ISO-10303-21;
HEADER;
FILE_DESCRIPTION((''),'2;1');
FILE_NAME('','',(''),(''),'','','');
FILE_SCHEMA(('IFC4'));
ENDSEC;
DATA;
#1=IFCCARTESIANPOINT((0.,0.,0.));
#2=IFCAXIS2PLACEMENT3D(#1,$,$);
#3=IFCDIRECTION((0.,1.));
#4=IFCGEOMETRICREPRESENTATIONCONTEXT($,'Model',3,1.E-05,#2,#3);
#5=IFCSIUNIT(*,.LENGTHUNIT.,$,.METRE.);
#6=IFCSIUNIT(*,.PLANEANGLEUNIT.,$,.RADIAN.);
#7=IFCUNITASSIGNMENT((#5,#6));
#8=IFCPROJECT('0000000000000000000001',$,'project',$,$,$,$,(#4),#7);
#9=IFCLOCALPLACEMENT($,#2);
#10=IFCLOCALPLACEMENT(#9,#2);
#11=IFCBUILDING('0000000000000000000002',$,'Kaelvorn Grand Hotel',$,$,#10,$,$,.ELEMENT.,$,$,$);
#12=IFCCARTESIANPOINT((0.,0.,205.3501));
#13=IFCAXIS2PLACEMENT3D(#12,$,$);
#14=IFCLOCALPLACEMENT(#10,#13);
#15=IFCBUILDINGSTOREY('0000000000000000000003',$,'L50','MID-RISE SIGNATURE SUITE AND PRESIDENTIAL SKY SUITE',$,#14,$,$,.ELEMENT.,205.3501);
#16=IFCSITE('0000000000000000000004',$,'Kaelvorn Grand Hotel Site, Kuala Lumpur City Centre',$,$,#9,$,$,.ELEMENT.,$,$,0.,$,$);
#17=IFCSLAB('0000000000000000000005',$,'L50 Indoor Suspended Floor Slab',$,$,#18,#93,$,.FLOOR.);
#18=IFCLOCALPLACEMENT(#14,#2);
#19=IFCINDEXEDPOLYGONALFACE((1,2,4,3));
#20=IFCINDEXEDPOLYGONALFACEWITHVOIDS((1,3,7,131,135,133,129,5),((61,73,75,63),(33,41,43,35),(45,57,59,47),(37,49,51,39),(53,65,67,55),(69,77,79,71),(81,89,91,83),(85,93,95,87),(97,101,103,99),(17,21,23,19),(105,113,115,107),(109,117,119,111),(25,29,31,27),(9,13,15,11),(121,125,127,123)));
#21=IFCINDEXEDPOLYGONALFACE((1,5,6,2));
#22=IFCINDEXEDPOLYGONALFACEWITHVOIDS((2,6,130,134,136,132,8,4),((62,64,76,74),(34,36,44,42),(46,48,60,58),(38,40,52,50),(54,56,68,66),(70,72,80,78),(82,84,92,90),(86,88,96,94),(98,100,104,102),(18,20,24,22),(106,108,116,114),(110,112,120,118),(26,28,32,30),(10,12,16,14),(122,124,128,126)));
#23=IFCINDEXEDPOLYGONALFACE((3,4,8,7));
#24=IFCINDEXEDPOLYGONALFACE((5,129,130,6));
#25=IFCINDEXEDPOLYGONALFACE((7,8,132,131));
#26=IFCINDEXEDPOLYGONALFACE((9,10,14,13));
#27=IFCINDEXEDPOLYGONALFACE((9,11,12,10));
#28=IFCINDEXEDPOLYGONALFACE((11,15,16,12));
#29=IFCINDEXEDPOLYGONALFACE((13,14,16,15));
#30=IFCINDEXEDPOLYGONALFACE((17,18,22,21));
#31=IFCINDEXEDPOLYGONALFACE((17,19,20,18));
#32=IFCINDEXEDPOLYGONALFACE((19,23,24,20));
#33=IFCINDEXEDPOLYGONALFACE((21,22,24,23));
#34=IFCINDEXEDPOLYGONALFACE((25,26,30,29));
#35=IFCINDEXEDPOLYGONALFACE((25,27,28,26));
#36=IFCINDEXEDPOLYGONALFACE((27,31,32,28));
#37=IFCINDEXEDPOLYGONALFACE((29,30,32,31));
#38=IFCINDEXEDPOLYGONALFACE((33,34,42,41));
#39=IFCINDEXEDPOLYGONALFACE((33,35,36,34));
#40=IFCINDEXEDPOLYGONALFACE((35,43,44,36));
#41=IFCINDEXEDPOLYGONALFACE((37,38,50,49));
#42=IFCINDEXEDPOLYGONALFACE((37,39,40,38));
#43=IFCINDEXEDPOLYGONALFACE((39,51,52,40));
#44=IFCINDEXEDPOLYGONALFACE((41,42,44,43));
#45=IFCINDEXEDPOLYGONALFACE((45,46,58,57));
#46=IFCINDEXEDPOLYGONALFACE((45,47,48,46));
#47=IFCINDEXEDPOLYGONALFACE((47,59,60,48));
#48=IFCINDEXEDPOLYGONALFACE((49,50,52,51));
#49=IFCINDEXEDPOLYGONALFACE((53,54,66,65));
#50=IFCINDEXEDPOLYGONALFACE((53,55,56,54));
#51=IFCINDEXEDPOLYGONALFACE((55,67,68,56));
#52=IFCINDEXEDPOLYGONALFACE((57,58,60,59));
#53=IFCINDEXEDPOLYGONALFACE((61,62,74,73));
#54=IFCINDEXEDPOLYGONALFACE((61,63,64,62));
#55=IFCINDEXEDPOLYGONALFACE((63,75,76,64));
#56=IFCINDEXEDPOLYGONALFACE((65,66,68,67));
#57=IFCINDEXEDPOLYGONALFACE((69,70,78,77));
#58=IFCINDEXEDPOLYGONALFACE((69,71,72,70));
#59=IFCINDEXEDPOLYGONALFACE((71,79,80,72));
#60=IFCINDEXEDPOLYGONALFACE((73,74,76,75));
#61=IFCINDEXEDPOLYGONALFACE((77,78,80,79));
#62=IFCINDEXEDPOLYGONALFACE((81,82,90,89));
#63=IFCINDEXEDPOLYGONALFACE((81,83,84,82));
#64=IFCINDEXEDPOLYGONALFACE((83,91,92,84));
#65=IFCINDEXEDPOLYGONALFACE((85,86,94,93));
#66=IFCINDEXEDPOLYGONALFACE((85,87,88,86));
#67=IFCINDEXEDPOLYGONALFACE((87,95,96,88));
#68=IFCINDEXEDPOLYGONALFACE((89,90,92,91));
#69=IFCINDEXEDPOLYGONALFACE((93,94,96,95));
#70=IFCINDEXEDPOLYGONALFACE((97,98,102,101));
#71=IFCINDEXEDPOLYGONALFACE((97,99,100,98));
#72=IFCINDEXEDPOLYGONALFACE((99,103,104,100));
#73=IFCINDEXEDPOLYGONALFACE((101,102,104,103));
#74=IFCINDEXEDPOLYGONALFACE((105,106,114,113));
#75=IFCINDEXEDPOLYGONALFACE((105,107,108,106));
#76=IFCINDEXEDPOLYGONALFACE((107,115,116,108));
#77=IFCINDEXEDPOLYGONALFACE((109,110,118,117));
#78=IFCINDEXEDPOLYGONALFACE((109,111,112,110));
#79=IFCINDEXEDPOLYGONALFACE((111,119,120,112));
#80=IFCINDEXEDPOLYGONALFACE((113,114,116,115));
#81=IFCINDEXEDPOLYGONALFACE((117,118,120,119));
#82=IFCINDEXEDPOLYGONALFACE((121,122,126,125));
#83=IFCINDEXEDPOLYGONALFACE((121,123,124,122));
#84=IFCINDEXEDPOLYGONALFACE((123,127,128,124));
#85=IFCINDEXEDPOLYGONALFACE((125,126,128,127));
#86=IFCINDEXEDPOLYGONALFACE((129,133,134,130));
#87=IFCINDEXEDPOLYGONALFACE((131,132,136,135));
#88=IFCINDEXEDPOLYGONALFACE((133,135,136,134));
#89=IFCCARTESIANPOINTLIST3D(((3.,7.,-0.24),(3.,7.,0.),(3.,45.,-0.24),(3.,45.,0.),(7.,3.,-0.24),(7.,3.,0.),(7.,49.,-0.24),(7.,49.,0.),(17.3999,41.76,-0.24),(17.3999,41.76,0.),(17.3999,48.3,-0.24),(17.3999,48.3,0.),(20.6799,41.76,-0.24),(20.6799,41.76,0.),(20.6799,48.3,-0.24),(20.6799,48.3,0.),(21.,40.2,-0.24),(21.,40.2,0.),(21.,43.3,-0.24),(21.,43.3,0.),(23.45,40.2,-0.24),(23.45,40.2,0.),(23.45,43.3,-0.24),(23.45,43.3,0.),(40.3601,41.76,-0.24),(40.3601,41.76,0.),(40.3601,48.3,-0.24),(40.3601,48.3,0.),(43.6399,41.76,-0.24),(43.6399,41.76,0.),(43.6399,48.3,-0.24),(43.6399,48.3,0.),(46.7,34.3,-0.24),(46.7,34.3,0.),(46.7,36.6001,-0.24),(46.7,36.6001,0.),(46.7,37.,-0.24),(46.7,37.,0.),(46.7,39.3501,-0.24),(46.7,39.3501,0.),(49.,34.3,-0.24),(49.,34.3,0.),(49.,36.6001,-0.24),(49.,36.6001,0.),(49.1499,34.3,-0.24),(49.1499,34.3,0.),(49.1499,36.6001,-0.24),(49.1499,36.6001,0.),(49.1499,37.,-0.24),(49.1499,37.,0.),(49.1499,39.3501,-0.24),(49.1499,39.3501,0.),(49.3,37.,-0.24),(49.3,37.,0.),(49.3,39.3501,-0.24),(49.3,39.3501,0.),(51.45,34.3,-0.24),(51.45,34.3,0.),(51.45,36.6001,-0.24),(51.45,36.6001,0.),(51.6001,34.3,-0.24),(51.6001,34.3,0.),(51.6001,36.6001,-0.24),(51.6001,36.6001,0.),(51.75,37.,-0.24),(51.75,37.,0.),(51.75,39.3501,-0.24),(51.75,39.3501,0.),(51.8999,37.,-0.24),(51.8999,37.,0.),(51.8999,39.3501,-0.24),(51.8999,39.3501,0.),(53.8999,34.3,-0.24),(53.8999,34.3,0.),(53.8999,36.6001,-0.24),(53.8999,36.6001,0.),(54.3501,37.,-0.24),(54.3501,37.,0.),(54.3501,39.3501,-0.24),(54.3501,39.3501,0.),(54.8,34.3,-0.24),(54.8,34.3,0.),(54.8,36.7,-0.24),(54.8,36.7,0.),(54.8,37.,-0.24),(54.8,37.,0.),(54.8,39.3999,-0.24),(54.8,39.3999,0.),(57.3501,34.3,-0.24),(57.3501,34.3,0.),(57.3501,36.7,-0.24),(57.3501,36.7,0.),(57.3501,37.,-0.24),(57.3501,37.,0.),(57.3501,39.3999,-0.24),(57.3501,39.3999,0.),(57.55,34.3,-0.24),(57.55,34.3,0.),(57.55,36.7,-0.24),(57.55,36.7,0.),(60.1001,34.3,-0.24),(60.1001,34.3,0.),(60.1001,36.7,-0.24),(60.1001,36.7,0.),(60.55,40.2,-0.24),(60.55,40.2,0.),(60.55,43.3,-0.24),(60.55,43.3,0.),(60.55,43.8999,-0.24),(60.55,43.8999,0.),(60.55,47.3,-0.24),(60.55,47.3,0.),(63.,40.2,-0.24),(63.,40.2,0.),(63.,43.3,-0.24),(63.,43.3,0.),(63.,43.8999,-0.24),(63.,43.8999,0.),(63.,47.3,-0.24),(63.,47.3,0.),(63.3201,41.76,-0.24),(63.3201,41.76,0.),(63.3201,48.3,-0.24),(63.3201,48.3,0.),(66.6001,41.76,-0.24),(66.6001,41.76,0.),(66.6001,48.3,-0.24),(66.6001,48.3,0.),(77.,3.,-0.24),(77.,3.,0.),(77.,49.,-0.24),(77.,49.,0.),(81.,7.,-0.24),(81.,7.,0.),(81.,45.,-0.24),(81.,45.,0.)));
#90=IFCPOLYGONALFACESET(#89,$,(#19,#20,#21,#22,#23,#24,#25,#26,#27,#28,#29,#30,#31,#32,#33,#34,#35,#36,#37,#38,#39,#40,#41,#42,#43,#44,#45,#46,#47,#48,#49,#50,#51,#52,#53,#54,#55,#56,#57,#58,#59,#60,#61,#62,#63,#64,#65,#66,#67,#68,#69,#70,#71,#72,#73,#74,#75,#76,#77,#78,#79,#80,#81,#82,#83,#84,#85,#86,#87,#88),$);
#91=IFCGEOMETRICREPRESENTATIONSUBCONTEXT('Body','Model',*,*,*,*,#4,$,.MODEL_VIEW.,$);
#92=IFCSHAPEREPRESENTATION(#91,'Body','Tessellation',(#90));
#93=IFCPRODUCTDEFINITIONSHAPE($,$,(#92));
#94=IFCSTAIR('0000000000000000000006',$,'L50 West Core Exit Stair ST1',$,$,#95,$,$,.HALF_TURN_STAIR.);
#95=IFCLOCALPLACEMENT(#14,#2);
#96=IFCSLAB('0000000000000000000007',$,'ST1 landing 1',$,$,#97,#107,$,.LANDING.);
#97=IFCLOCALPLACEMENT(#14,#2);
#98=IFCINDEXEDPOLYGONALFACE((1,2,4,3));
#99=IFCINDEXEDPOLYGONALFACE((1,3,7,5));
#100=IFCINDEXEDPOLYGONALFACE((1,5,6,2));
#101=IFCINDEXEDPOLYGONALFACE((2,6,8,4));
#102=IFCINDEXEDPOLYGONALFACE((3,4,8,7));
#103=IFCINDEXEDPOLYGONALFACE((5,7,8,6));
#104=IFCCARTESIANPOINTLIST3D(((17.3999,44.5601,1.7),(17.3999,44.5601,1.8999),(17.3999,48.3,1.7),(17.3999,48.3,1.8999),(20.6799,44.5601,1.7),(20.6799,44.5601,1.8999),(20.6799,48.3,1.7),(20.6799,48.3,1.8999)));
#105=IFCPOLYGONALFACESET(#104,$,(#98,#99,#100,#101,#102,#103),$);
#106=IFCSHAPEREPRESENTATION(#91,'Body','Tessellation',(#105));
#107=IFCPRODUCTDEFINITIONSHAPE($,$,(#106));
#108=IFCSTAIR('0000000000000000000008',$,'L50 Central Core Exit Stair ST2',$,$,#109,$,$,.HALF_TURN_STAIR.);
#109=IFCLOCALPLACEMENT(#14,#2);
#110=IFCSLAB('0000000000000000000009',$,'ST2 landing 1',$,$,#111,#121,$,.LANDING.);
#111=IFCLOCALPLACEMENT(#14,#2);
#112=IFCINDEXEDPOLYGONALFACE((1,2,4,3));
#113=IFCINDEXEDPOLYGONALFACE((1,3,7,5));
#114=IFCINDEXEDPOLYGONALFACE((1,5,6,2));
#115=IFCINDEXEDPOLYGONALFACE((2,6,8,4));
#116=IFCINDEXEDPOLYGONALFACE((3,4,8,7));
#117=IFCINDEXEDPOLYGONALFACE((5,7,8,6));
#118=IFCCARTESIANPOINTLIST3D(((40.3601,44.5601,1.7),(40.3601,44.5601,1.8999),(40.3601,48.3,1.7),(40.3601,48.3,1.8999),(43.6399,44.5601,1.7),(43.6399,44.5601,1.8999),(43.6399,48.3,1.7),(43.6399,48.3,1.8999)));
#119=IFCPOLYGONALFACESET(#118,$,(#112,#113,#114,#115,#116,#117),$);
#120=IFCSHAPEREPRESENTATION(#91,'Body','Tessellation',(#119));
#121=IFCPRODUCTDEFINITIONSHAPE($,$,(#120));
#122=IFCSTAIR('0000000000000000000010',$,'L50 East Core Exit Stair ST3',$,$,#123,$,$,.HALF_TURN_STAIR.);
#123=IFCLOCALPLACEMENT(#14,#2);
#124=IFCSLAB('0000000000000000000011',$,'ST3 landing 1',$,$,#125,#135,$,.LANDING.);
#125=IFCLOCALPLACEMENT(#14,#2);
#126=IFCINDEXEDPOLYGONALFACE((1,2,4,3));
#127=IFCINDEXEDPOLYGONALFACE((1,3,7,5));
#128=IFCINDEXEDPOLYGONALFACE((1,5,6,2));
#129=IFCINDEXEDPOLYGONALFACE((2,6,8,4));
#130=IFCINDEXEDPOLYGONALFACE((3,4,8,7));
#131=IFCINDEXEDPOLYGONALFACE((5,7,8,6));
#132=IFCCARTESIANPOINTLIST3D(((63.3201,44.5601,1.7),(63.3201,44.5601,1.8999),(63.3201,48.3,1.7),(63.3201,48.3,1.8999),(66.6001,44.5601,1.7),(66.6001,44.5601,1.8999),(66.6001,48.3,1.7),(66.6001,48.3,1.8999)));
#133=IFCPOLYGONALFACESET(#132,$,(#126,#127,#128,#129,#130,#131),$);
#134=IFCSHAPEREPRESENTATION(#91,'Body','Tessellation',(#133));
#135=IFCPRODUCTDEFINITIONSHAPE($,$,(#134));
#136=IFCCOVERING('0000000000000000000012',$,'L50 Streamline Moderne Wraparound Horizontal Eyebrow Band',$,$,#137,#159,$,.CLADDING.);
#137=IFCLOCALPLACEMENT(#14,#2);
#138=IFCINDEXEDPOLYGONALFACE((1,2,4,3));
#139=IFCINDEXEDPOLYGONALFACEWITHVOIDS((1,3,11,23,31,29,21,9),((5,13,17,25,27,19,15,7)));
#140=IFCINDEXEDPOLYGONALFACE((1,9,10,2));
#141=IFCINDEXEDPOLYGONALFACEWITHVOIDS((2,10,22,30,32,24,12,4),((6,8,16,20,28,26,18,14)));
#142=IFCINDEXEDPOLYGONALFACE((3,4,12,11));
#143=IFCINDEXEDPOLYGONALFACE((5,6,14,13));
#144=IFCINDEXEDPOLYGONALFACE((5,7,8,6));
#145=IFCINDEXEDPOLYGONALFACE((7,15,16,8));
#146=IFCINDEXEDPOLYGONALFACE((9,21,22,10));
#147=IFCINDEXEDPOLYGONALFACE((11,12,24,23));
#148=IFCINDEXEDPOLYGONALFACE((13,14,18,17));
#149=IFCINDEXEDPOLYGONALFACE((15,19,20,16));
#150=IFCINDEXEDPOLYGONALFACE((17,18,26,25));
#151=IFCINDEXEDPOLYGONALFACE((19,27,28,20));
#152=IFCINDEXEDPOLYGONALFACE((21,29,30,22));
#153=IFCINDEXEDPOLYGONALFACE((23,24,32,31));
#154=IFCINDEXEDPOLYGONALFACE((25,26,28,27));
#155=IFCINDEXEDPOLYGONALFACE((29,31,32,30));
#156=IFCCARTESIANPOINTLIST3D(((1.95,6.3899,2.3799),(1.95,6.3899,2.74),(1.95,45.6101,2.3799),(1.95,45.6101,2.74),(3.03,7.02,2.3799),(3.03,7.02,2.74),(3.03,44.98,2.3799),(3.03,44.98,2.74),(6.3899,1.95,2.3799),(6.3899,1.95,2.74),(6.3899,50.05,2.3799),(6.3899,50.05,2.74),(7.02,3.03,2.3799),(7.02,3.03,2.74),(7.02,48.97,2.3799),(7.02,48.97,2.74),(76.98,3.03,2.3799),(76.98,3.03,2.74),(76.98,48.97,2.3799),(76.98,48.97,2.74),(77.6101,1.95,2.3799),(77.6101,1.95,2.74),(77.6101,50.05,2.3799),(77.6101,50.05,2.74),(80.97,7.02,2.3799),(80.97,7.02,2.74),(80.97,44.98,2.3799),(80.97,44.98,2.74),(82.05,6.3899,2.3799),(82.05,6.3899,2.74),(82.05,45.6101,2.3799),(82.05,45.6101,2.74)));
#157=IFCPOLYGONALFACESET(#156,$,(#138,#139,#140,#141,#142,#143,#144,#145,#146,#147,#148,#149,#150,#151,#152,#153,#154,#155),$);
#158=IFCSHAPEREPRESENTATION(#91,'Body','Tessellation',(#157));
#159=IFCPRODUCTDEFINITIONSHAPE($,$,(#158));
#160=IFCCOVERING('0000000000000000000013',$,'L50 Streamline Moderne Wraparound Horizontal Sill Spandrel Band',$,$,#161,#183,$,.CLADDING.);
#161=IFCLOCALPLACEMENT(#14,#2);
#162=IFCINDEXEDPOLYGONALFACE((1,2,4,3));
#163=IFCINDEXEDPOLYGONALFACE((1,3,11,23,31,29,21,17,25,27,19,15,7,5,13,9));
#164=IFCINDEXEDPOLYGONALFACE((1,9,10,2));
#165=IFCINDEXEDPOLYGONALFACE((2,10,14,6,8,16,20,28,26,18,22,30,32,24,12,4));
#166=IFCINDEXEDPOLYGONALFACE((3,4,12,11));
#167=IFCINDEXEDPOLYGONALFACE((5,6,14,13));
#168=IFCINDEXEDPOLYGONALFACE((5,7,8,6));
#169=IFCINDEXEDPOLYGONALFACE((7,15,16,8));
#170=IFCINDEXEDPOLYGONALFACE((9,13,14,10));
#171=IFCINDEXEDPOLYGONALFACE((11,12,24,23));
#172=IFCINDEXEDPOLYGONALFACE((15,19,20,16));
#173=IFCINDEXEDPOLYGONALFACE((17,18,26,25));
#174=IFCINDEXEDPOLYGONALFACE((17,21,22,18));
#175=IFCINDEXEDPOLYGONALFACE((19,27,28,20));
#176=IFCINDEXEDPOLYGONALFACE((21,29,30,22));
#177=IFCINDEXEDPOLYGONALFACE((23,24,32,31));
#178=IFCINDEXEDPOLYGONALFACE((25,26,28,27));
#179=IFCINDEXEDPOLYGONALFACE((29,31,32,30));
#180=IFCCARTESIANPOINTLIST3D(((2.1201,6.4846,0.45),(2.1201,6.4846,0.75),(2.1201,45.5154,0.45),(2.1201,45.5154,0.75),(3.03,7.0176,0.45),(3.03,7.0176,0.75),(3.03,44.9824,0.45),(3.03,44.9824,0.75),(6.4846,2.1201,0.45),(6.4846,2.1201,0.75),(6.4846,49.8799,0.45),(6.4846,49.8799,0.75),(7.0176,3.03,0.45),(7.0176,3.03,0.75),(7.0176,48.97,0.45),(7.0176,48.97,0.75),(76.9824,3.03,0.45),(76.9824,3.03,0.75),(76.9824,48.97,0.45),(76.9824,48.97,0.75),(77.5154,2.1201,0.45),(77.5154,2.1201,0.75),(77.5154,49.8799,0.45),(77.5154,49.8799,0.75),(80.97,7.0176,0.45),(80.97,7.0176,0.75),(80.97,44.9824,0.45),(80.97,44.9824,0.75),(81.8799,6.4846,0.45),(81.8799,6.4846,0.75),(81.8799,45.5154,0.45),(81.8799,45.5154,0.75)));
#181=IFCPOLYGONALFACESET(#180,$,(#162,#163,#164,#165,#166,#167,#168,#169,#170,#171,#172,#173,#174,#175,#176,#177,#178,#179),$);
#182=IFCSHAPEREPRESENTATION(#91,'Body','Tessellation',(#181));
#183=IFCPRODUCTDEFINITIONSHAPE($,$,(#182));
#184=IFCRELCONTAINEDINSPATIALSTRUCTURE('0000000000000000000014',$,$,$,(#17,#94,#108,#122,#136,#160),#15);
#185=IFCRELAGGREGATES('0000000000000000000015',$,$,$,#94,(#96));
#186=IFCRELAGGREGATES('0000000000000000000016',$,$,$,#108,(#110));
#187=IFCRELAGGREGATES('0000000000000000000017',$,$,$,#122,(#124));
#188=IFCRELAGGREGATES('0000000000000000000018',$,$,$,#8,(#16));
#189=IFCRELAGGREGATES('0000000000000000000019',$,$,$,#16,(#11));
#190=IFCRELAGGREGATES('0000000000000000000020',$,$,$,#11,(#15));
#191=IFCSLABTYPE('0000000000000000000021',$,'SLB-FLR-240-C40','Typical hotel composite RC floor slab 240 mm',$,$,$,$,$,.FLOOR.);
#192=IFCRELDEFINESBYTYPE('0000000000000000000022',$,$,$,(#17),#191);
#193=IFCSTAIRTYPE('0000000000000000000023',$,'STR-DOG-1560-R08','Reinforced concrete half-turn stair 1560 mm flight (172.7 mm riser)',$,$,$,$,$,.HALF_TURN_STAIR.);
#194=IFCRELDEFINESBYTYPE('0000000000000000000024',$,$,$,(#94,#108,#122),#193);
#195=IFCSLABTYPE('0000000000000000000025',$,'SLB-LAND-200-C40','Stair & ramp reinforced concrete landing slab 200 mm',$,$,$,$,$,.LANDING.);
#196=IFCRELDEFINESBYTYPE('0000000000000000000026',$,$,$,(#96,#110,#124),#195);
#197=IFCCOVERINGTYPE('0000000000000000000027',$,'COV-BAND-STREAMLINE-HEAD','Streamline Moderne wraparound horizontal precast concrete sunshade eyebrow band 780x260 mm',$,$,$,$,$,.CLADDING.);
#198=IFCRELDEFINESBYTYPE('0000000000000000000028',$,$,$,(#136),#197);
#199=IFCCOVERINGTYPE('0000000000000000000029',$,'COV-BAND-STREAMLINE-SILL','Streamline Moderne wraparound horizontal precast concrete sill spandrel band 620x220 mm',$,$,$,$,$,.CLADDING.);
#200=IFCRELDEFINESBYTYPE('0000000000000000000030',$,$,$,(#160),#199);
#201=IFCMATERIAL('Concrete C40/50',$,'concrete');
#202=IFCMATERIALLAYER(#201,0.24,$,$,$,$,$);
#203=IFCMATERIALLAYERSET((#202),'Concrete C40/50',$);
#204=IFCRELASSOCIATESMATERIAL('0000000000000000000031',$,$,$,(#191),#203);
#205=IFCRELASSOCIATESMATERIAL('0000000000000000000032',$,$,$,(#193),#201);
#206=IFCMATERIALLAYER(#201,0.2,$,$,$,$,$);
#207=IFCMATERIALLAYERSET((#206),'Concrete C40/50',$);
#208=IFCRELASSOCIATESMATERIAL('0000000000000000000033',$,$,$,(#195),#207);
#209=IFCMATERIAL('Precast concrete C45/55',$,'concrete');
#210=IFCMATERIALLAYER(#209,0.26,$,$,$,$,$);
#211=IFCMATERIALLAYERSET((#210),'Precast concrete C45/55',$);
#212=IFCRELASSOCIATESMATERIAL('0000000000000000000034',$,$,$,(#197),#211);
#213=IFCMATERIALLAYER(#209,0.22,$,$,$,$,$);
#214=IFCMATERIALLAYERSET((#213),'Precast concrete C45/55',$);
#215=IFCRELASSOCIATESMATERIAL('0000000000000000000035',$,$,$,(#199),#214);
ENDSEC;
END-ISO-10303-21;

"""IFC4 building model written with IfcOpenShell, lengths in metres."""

from ifc_helpers import new_model, si_unit, direction, frame, origin, place, context, subcontext, project, spatial, polyline, outline, extrude, material, layer, layer_set, type_object, element, aggregate, save


model = new_model("IFC4")

# Units and contexts
model_context = context("Model", 3, precision=1e-05, world=origin(), true_north=direction((0.0, 1.0)))
body_context = subcontext(model_context, "Body", "Model", "MODEL_VIEW")
ifc_project = project(units=[si_unit("LENGTHUNIT", "METRE"), si_unit("PLANEANGLEUNIT", "RADIAN")], contexts=[model_context])

# Site, building, storey
site_placement = place(None, origin())
site = spatial("IfcSite", under=ifc_project, at=site_placement, Name="Kaelvorn Grand Hotel Site, Kuala Lumpur City Centre", CompositionType="ELEMENT", RefElevation=0.0)
building_placement = place(site_placement, origin())
building = spatial("IfcBuilding", under=site, at=building_placement, Name="Kaelvorn Grand Hotel", CompositionType="ELEMENT")
storey_placement = place(building_placement, frame((0.0, 0.0, 205.3501)))
storey = spatial("IfcBuildingStorey", under=building, at=storey_placement, Name="L50", Description="MID-RISE SIGNATURE SUITE AND PRESIDENTIAL SKY SUITE", CompositionType="ELEMENT", Elevation=205.3501)

# Slab
ifc_material_1 = material(Name="Concrete C40/50", Category="concrete")
ifc_layer_1 = layer(ifc_material_1, 0.24)
ifc_layer_set_1 = layer_set([ifc_layer_1], Name="Concrete C40/50")
slab_type_1 = type_object("IfcSlabType", Name="SLB-FLR-240-C40", Description="Typical hotel composite RC floor slab 240 mm", PredefinedType="FLOOR", material=ifc_layer_set_1)
slab_1_placement = place(storey_placement, frame((0.0, 0.0, -0.24)))
element("IfcSlab", 1, at=slab_1_placement, inside=storey, type_object=slab_type_1, Name="L50 Indoor Suspended Floor Slab", PredefinedType="FLOOR", context=body_context, shape_type="SweptSolid", body=[
    extrude(outline(polyline([(7.0, 3.0), (77.0, 3.0), (81.0, 7.0), (81.0, 45.0), (77.0, 49.0), (7.0, 49.0), (3.0, 45.0), (3.0, 7.0), (7.0, 3.0)]), holes=[polyline([(17.3999, 41.76), (17.3999, 48.3), (20.6799, 48.3), (20.6799, 41.76), (17.3999, 41.76)]), polyline([(40.3601, 41.76), (40.3601, 48.3), (43.6399, 48.3), (43.6399, 41.76), (40.3601, 41.76)]), polyline([(63.3201, 41.76), (63.3201, 48.3), (66.6001, 48.3), (66.6001, 41.76), (63.3201, 41.76)]), polyline([(46.7, 34.3), (46.7, 36.6001), (49.0, 36.6001), (49.0, 34.3), (46.7, 34.3)]), polyline([(49.1499, 34.3), (49.1499, 36.6001), (51.45, 36.6001), (51.45, 34.3), (49.1499, 34.3)]), polyline([(51.6001, 34.3), (51.6001, 36.6001), (53.8999, 36.6001), (53.8999, 34.3), (51.6001, 34.3)]), polyline([(46.7, 37.0), (46.7, 39.3501), (49.1499, 39.3501), (49.1499, 37.0), (46.7, 37.0)]), polyline([(49.3, 37.0), (49.3, 39.3501), (51.75, 39.3501), (51.75, 37.0), (49.3, 37.0)]), polyline([(51.8999, 37.0), (51.8999, 39.3501), (54.3501, 39.3501), (54.3501, 37.0), (51.8999, 37.0)]), polyline([(54.8, 34.3), (54.8, 36.7), (57.3501, 36.7), (57.3501, 34.3), (54.8, 34.3)]), polyline([(57.55, 34.3), (57.55, 36.7), (60.1001, 36.7), (60.1001, 34.3), (57.55, 34.3)]), polyline([(54.8, 37.0), (54.8, 39.3999), (57.3501, 39.3999), (57.3501, 37.0), (54.8, 37.0)]), polyline([(21.0, 40.2), (21.0, 43.3), (23.45, 43.3), (23.45, 40.2), (21.0, 40.2)]), polyline([(60.55, 40.2), (60.55, 43.3), (63.0, 43.3), (63.0, 40.2), (60.55, 40.2)]), polyline([(60.55, 43.8999), (60.55, 47.3), (63.0, 47.3), (63.0, 43.8999), (60.55, 43.8999)])]), origin(), (0.0, 0.0, 1.0), 0.24),
])

# Stairs, slabs
stair_type = type_object("IfcStairType", Name="STR-DOG-1560-R08", Description="Reinforced concrete half-turn stair 1560 mm flight (172.7 mm riser)", PredefinedType="HALF_TURN_STAIR", material=ifc_material_1)
stair_1_placement = place(storey_placement, origin())
stair_1 = element("IfcStair", 2, at=stair_1_placement, inside=storey, type_object=stair_type, Name="L50 West Core Exit Stair ST1", PredefinedType="HALF_TURN_STAIR")
ifc_layer_2 = layer(ifc_material_1, 0.2)
ifc_layer_set_2 = layer_set([ifc_layer_2], Name="Concrete C40/50")
slab_type_2 = type_object("IfcSlabType", Name="SLB-LAND-200-C40", Description="Stair & ramp reinforced concrete landing slab 200 mm", PredefinedType="LANDING", material=ifc_layer_set_2)
slab_2_placement = place(storey_placement, frame((0.0, 0.0, 1.7)))
slab_2 = element("IfcSlab", 3, at=slab_2_placement, type_object=slab_type_2, Name="ST1 landing 1", PredefinedType="LANDING", context=body_context, shape_type="SweptSolid", body=[
    extrude(outline(polyline([(20.6799, 44.5601), (20.6799, 48.3), (17.3999, 48.3), (17.3999, 44.5601), (20.6799, 44.5601)])), origin(), (0.0, 0.0, 1.0), 0.2),
])
aggregate(stair_1, [slab_2])
stair_2_placement = place(storey_placement, origin())
stair_2 = element("IfcStair", 4, at=stair_2_placement, inside=storey, type_object=stair_type, Name="L50 Central Core Exit Stair ST2", PredefinedType="HALF_TURN_STAIR")
slab_3_placement = place(storey_placement, frame((0.0, 0.0, 1.7)))
slab_3 = element("IfcSlab", 5, at=slab_3_placement, type_object=slab_type_2, Name="ST2 landing 1", PredefinedType="LANDING", context=body_context, shape_type="SweptSolid", body=[
    extrude(outline(polyline([(43.6399, 44.5601), (43.6399, 48.3), (40.3601, 48.3), (40.3601, 44.5601), (43.6399, 44.5601)])), origin(), (0.0, 0.0, 1.0), 0.2),
])
aggregate(stair_2, [slab_3])
stair_3_placement = place(storey_placement, origin())
stair_3 = element("IfcStair", 6, at=stair_3_placement, inside=storey, type_object=stair_type, Name="L50 East Core Exit Stair ST3", PredefinedType="HALF_TURN_STAIR")
slab_4_placement = place(storey_placement, frame((0.0, 0.0, 1.7)))
slab_4 = element("IfcSlab", 7, at=slab_4_placement, type_object=slab_type_2, Name="ST3 landing 1", PredefinedType="LANDING", context=body_context, shape_type="SweptSolid", body=[
    extrude(outline(polyline([(66.6001, 44.5601), (66.6001, 48.3), (63.3201, 48.3), (63.3201, 44.5601), (66.6001, 44.5601)])), origin(), (0.0, 0.0, 1.0), 0.2),
])
aggregate(stair_3, [slab_4])

# Coverings
ifc_material_2 = material(Name="Precast concrete C45/55", Category="concrete")
ifc_layer_3 = layer(ifc_material_2, 0.26)
ifc_layer_set_3 = layer_set([ifc_layer_3], Name="Precast concrete C45/55")
covering_type_1 = type_object("IfcCoveringType", Name="COV-BAND-STREAMLINE-HEAD", Description="Streamline Moderne wraparound horizontal precast concrete sunshade eyebrow band 780x260 mm", PredefinedType="CLADDING", material=ifc_layer_set_3)
covering_1_placement = place(storey_placement, frame((0.0, 0.0, 2.3799)))
element("IfcCovering", 8, at=covering_1_placement, inside=storey, type_object=covering_type_1, Name="L50 Streamline Moderne Wraparound Horizontal Eyebrow Band", PredefinedType="CLADDING", context=body_context, shape_type="SweptSolid", body=[
    extrude(outline(polyline([(6.3899, 1.95), (77.6101, 1.95), (82.05, 6.3899), (82.05, 45.6101), (77.6101, 50.05), (6.3899, 50.05), (1.95, 45.6101), (1.95, 6.3899), (6.3899, 1.95)]), holes=[polyline([(7.02, 3.03), (76.98, 3.03), (80.97, 7.02), (80.97, 44.98), (76.98, 48.97), (7.02, 48.97), (3.03, 44.98), (3.03, 7.02), (7.02, 3.03)])]), origin(), (0.0, 0.0, 1.0), 0.3601),
])
ifc_layer_4 = layer(ifc_material_2, 0.22)
ifc_layer_set_4 = layer_set([ifc_layer_4], Name="Precast concrete C45/55")
covering_type_2 = type_object("IfcCoveringType", Name="COV-BAND-STREAMLINE-SILL", Description="Streamline Moderne wraparound horizontal precast concrete sill spandrel band 620x220 mm", PredefinedType="CLADDING", material=ifc_layer_set_4)
covering_2_placement = place(storey_placement, frame((0.0, 0.0, 0.45)))
element("IfcCovering", 9, at=covering_2_placement, inside=storey, type_object=covering_type_2, Name="L50 Streamline Moderne Wraparound Horizontal Sill Spandrel Band", PredefinedType="CLADDING", context=body_context, shape_type="SweptSolid", body=[
    extrude(outline(polyline([(77.5154, 2.1201), (81.8799, 6.4846), (81.8799, 45.5154), (77.5154, 49.8799), (6.4846, 49.8799), (2.1201, 45.5154), (2.1201, 6.4846), (6.4846, 2.1201), (7.0176, 3.03), (3.03, 7.0176), (3.03, 44.9824), (7.0176, 48.97), (76.9824, 48.97), (80.97, 44.9824), (80.97, 7.0176), (76.9824, 3.03), (77.5154, 2.1201)])), origin(), (0.0, 0.0, 1.0), 0.3),
])

save(model, "model.ifc")
